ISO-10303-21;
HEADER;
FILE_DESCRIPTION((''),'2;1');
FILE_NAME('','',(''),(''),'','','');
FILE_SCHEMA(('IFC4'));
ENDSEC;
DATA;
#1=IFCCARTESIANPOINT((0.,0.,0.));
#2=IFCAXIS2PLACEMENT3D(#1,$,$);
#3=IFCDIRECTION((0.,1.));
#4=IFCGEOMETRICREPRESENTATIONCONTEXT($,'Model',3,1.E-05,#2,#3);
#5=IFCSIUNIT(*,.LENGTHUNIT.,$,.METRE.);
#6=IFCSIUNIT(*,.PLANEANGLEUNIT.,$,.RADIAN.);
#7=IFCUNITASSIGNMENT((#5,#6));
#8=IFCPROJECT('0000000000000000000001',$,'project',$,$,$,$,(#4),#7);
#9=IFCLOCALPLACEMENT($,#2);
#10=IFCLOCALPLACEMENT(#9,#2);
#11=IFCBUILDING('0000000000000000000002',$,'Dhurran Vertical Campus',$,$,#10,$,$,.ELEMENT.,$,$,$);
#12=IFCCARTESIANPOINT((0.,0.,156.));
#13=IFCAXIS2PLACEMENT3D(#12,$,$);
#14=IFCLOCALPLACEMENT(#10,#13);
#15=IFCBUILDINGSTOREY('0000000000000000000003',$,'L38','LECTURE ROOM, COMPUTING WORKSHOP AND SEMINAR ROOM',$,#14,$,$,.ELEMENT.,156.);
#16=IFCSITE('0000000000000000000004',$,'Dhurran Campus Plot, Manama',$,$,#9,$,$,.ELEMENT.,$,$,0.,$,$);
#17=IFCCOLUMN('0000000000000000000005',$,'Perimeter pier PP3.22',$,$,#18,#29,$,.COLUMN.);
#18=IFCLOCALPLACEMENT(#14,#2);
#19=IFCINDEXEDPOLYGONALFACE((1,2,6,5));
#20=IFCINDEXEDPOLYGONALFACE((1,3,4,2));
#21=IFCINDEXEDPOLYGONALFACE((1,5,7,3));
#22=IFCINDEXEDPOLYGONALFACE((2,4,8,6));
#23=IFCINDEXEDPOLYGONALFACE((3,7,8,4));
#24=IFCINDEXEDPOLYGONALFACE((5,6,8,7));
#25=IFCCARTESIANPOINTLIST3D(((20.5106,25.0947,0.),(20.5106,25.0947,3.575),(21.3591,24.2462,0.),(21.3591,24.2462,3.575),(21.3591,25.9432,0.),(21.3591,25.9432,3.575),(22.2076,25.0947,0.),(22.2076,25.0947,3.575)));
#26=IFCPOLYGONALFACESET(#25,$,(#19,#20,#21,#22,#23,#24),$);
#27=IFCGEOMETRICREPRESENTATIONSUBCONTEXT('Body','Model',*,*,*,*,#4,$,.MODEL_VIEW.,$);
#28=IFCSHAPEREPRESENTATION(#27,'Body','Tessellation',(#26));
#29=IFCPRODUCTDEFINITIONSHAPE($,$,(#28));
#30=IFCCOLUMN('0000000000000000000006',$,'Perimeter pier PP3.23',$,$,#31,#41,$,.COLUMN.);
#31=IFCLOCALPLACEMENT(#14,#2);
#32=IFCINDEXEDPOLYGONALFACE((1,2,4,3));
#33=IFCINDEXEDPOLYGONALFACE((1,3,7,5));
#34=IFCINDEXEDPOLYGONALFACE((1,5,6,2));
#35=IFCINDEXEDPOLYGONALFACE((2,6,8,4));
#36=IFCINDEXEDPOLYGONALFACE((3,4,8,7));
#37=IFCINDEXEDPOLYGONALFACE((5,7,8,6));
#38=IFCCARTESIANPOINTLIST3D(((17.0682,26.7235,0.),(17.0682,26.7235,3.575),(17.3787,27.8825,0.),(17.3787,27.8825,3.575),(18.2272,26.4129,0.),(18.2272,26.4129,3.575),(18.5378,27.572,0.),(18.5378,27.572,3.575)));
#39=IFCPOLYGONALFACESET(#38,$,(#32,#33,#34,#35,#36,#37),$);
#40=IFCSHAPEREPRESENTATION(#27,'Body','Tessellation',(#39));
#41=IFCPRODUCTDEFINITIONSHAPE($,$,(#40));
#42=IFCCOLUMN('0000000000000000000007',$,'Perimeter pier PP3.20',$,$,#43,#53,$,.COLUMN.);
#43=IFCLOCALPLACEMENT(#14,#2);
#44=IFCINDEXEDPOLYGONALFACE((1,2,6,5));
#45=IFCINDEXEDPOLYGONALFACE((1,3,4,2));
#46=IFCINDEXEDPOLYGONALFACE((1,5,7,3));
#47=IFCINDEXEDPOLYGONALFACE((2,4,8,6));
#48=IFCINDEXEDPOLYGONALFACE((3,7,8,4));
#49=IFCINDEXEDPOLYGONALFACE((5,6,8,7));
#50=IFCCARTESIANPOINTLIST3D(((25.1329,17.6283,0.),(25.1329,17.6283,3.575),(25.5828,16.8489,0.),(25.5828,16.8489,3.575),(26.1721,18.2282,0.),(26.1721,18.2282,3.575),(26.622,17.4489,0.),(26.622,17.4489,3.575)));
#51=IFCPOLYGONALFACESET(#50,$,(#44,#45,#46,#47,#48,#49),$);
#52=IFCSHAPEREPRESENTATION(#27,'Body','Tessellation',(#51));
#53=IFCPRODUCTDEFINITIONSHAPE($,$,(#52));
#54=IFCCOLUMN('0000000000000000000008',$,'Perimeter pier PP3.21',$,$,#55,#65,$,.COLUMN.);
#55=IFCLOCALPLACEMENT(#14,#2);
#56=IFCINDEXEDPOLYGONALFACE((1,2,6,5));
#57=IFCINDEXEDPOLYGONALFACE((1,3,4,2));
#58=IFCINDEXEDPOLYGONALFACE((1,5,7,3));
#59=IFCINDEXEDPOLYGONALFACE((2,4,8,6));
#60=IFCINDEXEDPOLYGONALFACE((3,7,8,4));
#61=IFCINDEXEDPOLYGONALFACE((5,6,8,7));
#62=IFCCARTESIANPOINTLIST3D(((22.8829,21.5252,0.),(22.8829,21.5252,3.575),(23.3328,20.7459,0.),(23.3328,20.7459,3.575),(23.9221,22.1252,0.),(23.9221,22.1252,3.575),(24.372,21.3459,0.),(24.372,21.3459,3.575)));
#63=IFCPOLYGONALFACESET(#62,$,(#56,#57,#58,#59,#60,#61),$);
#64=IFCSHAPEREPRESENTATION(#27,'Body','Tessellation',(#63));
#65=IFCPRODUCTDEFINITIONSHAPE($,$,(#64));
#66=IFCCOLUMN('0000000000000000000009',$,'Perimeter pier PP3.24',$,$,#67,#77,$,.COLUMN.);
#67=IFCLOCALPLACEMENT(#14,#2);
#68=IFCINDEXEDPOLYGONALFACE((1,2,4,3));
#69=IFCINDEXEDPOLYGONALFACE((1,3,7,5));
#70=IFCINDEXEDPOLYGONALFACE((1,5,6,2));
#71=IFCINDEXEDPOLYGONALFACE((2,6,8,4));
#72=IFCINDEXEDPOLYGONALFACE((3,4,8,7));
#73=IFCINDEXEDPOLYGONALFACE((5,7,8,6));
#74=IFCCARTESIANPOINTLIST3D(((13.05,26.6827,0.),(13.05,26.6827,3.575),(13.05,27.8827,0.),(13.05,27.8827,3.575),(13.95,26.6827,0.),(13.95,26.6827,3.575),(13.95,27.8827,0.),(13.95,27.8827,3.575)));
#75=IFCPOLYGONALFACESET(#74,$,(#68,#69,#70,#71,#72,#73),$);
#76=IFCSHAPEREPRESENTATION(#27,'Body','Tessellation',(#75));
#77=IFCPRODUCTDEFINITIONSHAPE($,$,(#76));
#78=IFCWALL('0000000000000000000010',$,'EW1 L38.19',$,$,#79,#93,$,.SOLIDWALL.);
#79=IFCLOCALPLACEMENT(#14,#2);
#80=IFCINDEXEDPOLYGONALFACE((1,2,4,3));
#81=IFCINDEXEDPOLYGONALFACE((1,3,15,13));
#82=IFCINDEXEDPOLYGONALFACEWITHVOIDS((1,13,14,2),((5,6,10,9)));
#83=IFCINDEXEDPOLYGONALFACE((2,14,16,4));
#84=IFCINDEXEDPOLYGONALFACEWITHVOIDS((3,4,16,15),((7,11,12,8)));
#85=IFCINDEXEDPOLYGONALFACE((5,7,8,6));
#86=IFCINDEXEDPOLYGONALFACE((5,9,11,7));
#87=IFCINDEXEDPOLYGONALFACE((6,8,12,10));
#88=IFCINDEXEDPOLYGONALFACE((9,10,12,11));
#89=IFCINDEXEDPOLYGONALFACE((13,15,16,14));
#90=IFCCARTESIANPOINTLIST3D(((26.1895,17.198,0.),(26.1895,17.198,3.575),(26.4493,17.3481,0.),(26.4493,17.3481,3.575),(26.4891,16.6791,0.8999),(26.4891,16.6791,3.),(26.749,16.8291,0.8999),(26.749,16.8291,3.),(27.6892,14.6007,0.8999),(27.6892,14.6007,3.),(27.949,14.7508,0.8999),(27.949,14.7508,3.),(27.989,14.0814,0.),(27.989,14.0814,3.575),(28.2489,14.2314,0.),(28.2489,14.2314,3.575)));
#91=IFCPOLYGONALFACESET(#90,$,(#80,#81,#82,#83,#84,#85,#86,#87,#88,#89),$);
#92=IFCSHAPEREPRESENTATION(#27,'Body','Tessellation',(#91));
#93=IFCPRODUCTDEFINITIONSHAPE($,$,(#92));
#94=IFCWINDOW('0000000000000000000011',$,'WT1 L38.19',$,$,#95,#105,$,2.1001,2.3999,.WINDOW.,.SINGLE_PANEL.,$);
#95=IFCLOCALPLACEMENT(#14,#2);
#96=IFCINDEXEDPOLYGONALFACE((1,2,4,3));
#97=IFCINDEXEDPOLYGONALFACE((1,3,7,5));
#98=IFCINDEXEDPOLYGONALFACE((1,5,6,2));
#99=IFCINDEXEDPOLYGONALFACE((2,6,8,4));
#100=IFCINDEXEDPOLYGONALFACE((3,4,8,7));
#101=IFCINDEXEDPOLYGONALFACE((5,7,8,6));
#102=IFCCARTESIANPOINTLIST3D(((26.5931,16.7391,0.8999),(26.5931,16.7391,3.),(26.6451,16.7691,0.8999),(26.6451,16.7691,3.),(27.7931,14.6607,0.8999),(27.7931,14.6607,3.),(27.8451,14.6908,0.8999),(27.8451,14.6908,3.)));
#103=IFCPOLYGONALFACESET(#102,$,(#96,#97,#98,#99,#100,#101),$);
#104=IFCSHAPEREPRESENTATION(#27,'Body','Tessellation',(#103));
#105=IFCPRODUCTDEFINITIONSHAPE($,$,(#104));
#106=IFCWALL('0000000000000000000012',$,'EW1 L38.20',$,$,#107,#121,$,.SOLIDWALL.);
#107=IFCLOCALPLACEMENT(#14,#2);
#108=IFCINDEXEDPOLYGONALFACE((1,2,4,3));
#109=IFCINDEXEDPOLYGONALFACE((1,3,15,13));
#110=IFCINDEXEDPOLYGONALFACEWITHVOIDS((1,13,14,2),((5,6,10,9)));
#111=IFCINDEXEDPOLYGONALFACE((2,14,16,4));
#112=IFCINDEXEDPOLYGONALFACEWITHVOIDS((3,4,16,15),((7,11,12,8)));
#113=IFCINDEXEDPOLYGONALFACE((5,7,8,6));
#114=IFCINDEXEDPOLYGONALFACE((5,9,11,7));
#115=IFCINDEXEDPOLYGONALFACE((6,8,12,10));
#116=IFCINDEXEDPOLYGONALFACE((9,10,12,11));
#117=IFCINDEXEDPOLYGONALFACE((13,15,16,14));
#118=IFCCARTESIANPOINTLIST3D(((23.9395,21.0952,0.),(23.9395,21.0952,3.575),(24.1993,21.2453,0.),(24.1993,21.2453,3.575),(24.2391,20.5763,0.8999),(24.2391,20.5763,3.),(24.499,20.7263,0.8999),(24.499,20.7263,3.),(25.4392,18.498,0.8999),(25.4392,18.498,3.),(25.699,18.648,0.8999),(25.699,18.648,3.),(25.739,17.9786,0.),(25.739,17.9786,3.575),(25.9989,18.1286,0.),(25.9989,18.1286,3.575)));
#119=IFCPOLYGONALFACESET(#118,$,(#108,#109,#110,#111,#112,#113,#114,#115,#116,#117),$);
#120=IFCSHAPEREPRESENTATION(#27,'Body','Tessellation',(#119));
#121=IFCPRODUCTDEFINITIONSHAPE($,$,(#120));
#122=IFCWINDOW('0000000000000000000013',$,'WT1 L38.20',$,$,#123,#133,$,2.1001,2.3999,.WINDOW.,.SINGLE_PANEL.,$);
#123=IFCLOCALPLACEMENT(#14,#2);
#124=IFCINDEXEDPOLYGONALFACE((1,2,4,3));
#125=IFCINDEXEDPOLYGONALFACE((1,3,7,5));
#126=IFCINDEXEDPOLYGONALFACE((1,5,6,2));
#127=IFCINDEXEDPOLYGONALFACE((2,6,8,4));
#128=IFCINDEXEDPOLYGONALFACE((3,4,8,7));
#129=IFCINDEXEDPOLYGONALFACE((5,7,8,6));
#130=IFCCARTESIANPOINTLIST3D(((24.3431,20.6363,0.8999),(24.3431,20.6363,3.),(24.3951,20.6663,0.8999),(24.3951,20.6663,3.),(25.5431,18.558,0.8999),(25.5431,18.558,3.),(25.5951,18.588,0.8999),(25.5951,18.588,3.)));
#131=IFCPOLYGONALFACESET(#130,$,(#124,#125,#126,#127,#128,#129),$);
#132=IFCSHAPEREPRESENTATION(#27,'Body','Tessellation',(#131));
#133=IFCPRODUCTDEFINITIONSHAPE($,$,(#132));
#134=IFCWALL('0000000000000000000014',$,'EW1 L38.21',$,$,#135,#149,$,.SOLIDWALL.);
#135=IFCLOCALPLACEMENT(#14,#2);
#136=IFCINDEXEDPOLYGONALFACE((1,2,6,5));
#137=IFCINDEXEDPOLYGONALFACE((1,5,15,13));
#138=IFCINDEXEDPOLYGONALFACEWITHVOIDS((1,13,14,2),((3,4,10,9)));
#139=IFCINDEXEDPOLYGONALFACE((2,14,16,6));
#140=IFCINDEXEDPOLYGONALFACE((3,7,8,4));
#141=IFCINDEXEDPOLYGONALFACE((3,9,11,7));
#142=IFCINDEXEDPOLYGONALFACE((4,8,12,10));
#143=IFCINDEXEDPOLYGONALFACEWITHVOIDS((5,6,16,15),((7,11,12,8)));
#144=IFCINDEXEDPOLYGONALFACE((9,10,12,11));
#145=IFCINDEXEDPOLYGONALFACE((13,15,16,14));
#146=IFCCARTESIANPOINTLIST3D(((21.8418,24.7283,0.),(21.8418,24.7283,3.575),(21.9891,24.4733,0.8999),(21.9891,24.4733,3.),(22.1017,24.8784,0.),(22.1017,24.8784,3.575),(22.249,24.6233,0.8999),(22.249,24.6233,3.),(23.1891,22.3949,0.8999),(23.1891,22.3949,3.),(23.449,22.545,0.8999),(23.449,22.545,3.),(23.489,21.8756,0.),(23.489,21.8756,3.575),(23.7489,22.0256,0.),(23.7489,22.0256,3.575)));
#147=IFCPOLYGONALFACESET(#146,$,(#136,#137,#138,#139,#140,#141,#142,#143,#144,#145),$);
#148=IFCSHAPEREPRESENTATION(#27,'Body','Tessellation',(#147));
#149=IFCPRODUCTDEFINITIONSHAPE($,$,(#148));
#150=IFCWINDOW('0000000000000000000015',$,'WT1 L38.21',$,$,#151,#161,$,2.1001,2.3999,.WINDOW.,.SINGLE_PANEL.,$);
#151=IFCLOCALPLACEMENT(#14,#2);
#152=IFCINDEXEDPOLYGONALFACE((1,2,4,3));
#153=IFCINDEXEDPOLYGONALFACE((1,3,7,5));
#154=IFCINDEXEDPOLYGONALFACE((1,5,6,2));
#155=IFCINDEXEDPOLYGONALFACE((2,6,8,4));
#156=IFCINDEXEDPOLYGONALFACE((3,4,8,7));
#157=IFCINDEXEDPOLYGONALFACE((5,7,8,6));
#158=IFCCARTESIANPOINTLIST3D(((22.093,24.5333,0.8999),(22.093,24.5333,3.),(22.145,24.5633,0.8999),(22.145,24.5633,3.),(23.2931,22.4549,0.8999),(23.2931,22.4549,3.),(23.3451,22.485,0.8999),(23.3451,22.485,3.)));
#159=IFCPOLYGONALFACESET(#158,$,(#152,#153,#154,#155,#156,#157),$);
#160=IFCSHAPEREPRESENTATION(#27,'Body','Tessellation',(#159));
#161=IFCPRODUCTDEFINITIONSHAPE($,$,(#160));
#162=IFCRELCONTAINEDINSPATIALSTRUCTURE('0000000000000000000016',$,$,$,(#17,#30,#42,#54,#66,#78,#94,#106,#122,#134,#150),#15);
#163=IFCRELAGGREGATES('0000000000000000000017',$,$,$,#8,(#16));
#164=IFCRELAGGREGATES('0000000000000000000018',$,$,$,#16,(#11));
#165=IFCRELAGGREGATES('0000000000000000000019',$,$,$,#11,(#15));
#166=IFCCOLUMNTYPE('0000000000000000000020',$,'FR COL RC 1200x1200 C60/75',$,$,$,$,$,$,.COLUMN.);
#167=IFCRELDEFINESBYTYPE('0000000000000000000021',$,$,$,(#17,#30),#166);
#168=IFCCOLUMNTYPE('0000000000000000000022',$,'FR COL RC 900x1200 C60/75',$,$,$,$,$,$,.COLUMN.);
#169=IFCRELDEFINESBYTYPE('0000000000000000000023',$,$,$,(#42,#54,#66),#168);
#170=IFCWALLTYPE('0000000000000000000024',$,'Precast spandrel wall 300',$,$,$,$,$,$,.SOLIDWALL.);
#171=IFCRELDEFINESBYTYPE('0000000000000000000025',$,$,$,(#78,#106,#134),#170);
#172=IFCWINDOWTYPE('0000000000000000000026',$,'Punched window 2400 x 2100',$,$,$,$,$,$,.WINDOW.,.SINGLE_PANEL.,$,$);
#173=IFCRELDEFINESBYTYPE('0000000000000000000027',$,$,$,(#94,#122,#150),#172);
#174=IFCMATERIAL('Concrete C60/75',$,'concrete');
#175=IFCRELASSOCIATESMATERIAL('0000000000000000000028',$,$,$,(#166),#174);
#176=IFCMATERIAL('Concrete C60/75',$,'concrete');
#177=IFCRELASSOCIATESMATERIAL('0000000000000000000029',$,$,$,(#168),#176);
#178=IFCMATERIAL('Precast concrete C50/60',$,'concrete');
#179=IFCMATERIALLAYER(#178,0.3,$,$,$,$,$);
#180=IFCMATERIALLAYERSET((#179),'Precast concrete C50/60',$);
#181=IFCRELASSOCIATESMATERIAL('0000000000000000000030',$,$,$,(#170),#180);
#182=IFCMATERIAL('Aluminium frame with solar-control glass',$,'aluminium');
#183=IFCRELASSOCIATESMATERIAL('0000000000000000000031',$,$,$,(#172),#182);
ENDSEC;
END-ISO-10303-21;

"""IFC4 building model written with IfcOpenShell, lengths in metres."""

from ifc_helpers import new_model, si_unit, direction, frame, frame_2d, origin, origin_2d, place, context, subcontext, project, spatial, rectangle, extrude, material, layer, layer_set, material_profile, profile_set, type_object, element, fill, save


model = new_model("IFC4")

# Units and contexts
model_context = context("Model", 3, precision=1e-05, world=origin(), true_north=direction((0.0, 1.0)))
body_context = subcontext(model_context, "Body", "Model", "MODEL_VIEW")
ifc_project = project(units=[si_unit("LENGTHUNIT", "METRE"), si_unit("PLANEANGLEUNIT", "RADIAN")], contexts=[model_context])

# Site, building, storey
site_placement = place(None, origin())
site = spatial("IfcSite", under=ifc_project, at=site_placement, Name="Dhurran Campus Plot, Manama", CompositionType="ELEMENT", RefElevation=0.0)
building_placement = place(site_placement, origin())
building = spatial("IfcBuilding", under=site, at=building_placement, Name="Dhurran Vertical Campus", CompositionType="ELEMENT")
storey_placement = place(building_placement, frame((0.0, 0.0, 156.0)))
storey = spatial("IfcBuildingStorey", under=building, at=storey_placement, Name="L38", Description="LECTURE ROOM, COMPUTING WORKSHOP AND SEMINAR ROOM", CompositionType="ELEMENT", Elevation=156.0)

# Columns
ifc_material_1 = material(Name="Concrete C60/75", Category="concrete")
ifc_material_profile_1 = material_profile(ifc_material_1, rectangle(XDim=1.2, YDim=1.2, at=origin_2d()), Name="RC 1200x1200")
ifc_profile_set_1 = profile_set([ifc_material_profile_1], Name="Concrete C60/75")
column_type_1 = type_object("IfcColumnType", Name="FR COL RC 1200x1200 C60/75", PredefinedType="COLUMN", material=ifc_profile_set_1)
for number, where, z_axis, x_axis, name in (
    (1, (21.3591, 25.0947, 0.0), (0.0, 0.0, 1.0), (-0.707107, 0.707107, 0.0), "Perimeter pier PP3.22"),
    (2, (17.803, 27.1477, 0.0), (0.0, 0.0, 1.0), (-0.965926, 0.258819, 0.0), "Perimeter pier PP3.23"),
):
    element("IfcColumn", number, at=place(storey_placement, frame(where, z_axis=z_axis, x_axis=x_axis)), inside=storey, type_object=column_type_1, Name=name, PredefinedType="COLUMN", context=body_context, shape_type="SweptSolid", body=[
        extrude(rectangle(XDim=1.2, YDim=1.2, at=origin_2d()), origin(), (0.0, 0.0, 1.0), 3.575),
    ])
ifc_material_2 = material(Name="Concrete C60/75", Category="concrete")
ifc_material_profile_2 = material_profile(ifc_material_2, rectangle(XDim=0.8999, YDim=1.2, at=origin_2d()), Name="RC 900x1200")
ifc_profile_set_2 = profile_set([ifc_material_profile_2], Name="Concrete C60/75")
column_type_2 = type_object("IfcColumnType", Name="FR COL RC 900x1200 C60/75", PredefinedType="COLUMN", material=ifc_profile_set_2)
for number, where, z_axis, x_axis, name in (
    (3, (25.8774, 17.5386, 0.0), (0.0, 0.0, 1.0), (-0.5, 0.866025, 0.0), "Perimeter pier PP3.20"),
    (4, (23.6274, 21.4355, 0.0), (0.0, 0.0, 1.0), (-0.5, 0.866025, 0.0), "Perimeter pier PP3.21"),
    (5, (13.5, 27.2827, 0.0), (0.0, 0.0, 1.0), (-1.0, 0.0, 0.0), "Perimeter pier PP3.24"),
):
    element("IfcColumn", number, at=place(storey_placement, frame(where, z_axis=z_axis, x_axis=x_axis)), inside=storey, type_object=column_type_2, Name=name, PredefinedType="COLUMN", context=body_context, shape_type="SweptSolid", body=[
        extrude(rectangle(XDim=0.8999, YDim=1.2, at=origin_2d()), origin(), (0.0, 0.0, 1.0), 3.575),
    ])

# Walls, openings, windows
ifc_material_3 = material(Name="Precast concrete C50/60", Category="concrete")
ifc_layer_1 = layer(ifc_material_3, 0.3)
ifc_layer_set_1 = layer_set([ifc_layer_1], Name="Precast concrete C50/60")
wall_type_1 = type_object("IfcWallType", Name="Precast spandrel wall 300", PredefinedType="SOLIDWALL", material=ifc_layer_set_1)
wall_1_placement = place(storey_placement, frame((28.1189, 14.1565, 0.0), z_axis=(0.0, 0.0, 1.0), x_axis=(-0.500028, 0.866009, 0.0)))
wall_1 = element("IfcWall", 6, at=wall_1_placement, inside=storey, type_object=wall_type_1, Name="EW1 L38.19", PredefinedType="SOLIDWALL", context=body_context, shape_type="SweptSolid", body=[
    extrude(rectangle(XDim=3.5989, YDim=0.3, at=frame_2d((1.7993, 0.0))), origin(), (0.0, 0.0, 1.0), 3.575),
])
opening_1_placement = place(wall_1_placement, frame((0.5996, 0.0, 0.8999)))
opening_1 = element("IfcOpeningElement", 7, at=opening_1_placement, cuts=wall_1, PredefinedType="OPENING", context=body_context, shape_type="SweptSolid", body=[
    extrude(rectangle(XDim=2.3999, YDim=2.1001, at=frame_2d((1.2, 1.05))), frame((0.0, 0.1599, 0.0), z_axis=(0.0, -1.0, 0.0), x_axis=(1.0, 0.0, 0.0)), (0.0, 0.0, 1.0), 0.3201),
])
ifc_material_4 = material(Name="Aluminium frame with solar-control glass", Category="aluminium")
window_type = type_object("IfcWindowType", Name="Punched window 2400 x 2100", PartitioningType="SINGLE_PANEL", PredefinedType="WINDOW", material=ifc_material_4)
window_1_placement = place(opening_1_placement, origin())
window_1 = element("IfcWindow", 8, at=window_1_placement, inside=storey, type_object=window_type, Name="WT1 L38.19", OverallHeight=2.1001, OverallWidth=2.3999, PartitioningType="SINGLE_PANEL", PredefinedType="WINDOW", context=body_context, shape_type="SweptSolid", body=[
    extrude(rectangle(XDim=2.3999, YDim=2.1001, at=frame_2d((1.2, 1.05))), frame((0.0, 0.03, 0.0), z_axis=(0.0, -1.0, 0.0), x_axis=(1.0, 0.0, 0.0)), (0.0, 0.0, 1.0), 0.0601),
])
fill(opening_1, window_1)
wall_2_placement = place(storey_placement, frame((25.8689, 18.0537, 0.0), z_axis=(0.0, 0.0, 1.0), x_axis=(-0.500028, 0.866009, 0.0)))
wall_2 = element("IfcWall", 9, at=wall_2_placement, inside=storey, type_object=wall_type_1, Name="EW1 L38.20", PredefinedType="SOLIDWALL", context=body_context, shape_type="SweptSolid", body=[
    extrude(rectangle(XDim=3.5989, YDim=0.3, at=frame_2d((1.7993, 0.0))), origin(), (0.0, 0.0, 1.0), 3.575),
])
opening_2_placement = place(wall_2_placement, frame((0.5996, 0.0, 0.8999)))
opening_2 = element("IfcOpeningElement", 10, at=opening_2_placement, cuts=wall_2, PredefinedType="OPENING", context=body_context, shape_type="SweptSolid", body=[
    extrude(rectangle(XDim=2.3999, YDim=2.1001, at=frame_2d((1.2, 1.05))), frame((0.0, 0.1599, 0.0), z_axis=(0.0, -1.0, 0.0), x_axis=(1.0, 0.0, 0.0)), (0.0, 0.0, 1.0), 0.3201),
])
window_2_placement = place(opening_2_placement, origin())
window_2 = element("IfcWindow", 11, at=window_2_placement, inside=storey, type_object=window_type, Name="WT1 L38.20", OverallHeight=2.1001, OverallWidth=2.3999, PartitioningType="SINGLE_PANEL", PredefinedType="WINDOW", context=body_context, shape_type="SweptSolid", body=[
    extrude(rectangle(XDim=2.3999, YDim=2.1001, at=frame_2d((1.2, 1.05))), frame((0.0, 0.03, 0.0), z_axis=(0.0, -1.0, 0.0), x_axis=(1.0, 0.0, 0.0)), (0.0, 0.0, 1.0), 0.0601),
])
fill(opening_2, window_2)
wall_3_placement = place(storey_placement, frame((23.6189, 21.9507, 0.0), z_axis=(0.0, 0.0, 1.0), x_axis=(-0.500037, 0.866004, 0.0)))
wall_3 = element("IfcWall", 12, at=wall_3_placement, inside=storey, type_object=wall_type_1, Name="EW1 L38.21", PredefinedType="SOLIDWALL", context=body_context, shape_type="SweptSolid", body=[
    extrude(rectangle(XDim=3.2942, YDim=0.3, at=frame_2d((1.647, 0.0))), origin(), (0.0, 0.0, 1.0), 3.575),
])
opening_3_placement = place(wall_3_placement, frame((0.5996, 0.0, 0.8999)))
opening_3 = element("IfcOpeningElement", 13, at=opening_3_placement, cuts=wall_3, PredefinedType="OPENING", context=body_context, shape_type="SweptSolid", body=[
    extrude(rectangle(XDim=2.3999, YDim=2.1001, at=frame_2d((1.2, 1.05))), frame((0.0, 0.1599, 0.0), z_axis=(0.0, -1.0, 0.0), x_axis=(1.0, 0.0, 0.0)), (0.0, 0.0, 1.0), 0.3201),
])
window_3_placement = place(opening_3_placement, origin())
window_3 = element("IfcWindow", 14, at=window_3_placement, inside=storey, type_object=window_type, Name="WT1 L38.21", OverallHeight=2.1001, OverallWidth=2.3999, PartitioningType="SINGLE_PANEL", PredefinedType="WINDOW", context=body_context, shape_type="SweptSolid", body=[
    extrude(rectangle(XDim=2.3999, YDim=2.1001, at=frame_2d((1.2, 1.05))), frame((0.0, 0.03, 0.0), z_axis=(0.0, -1.0, 0.0), x_axis=(1.0, 0.0, 0.0)), (0.0, 0.0, 1.0), 0.0601),
])
fill(opening_3, window_3)

save(model, "model.ifc")
